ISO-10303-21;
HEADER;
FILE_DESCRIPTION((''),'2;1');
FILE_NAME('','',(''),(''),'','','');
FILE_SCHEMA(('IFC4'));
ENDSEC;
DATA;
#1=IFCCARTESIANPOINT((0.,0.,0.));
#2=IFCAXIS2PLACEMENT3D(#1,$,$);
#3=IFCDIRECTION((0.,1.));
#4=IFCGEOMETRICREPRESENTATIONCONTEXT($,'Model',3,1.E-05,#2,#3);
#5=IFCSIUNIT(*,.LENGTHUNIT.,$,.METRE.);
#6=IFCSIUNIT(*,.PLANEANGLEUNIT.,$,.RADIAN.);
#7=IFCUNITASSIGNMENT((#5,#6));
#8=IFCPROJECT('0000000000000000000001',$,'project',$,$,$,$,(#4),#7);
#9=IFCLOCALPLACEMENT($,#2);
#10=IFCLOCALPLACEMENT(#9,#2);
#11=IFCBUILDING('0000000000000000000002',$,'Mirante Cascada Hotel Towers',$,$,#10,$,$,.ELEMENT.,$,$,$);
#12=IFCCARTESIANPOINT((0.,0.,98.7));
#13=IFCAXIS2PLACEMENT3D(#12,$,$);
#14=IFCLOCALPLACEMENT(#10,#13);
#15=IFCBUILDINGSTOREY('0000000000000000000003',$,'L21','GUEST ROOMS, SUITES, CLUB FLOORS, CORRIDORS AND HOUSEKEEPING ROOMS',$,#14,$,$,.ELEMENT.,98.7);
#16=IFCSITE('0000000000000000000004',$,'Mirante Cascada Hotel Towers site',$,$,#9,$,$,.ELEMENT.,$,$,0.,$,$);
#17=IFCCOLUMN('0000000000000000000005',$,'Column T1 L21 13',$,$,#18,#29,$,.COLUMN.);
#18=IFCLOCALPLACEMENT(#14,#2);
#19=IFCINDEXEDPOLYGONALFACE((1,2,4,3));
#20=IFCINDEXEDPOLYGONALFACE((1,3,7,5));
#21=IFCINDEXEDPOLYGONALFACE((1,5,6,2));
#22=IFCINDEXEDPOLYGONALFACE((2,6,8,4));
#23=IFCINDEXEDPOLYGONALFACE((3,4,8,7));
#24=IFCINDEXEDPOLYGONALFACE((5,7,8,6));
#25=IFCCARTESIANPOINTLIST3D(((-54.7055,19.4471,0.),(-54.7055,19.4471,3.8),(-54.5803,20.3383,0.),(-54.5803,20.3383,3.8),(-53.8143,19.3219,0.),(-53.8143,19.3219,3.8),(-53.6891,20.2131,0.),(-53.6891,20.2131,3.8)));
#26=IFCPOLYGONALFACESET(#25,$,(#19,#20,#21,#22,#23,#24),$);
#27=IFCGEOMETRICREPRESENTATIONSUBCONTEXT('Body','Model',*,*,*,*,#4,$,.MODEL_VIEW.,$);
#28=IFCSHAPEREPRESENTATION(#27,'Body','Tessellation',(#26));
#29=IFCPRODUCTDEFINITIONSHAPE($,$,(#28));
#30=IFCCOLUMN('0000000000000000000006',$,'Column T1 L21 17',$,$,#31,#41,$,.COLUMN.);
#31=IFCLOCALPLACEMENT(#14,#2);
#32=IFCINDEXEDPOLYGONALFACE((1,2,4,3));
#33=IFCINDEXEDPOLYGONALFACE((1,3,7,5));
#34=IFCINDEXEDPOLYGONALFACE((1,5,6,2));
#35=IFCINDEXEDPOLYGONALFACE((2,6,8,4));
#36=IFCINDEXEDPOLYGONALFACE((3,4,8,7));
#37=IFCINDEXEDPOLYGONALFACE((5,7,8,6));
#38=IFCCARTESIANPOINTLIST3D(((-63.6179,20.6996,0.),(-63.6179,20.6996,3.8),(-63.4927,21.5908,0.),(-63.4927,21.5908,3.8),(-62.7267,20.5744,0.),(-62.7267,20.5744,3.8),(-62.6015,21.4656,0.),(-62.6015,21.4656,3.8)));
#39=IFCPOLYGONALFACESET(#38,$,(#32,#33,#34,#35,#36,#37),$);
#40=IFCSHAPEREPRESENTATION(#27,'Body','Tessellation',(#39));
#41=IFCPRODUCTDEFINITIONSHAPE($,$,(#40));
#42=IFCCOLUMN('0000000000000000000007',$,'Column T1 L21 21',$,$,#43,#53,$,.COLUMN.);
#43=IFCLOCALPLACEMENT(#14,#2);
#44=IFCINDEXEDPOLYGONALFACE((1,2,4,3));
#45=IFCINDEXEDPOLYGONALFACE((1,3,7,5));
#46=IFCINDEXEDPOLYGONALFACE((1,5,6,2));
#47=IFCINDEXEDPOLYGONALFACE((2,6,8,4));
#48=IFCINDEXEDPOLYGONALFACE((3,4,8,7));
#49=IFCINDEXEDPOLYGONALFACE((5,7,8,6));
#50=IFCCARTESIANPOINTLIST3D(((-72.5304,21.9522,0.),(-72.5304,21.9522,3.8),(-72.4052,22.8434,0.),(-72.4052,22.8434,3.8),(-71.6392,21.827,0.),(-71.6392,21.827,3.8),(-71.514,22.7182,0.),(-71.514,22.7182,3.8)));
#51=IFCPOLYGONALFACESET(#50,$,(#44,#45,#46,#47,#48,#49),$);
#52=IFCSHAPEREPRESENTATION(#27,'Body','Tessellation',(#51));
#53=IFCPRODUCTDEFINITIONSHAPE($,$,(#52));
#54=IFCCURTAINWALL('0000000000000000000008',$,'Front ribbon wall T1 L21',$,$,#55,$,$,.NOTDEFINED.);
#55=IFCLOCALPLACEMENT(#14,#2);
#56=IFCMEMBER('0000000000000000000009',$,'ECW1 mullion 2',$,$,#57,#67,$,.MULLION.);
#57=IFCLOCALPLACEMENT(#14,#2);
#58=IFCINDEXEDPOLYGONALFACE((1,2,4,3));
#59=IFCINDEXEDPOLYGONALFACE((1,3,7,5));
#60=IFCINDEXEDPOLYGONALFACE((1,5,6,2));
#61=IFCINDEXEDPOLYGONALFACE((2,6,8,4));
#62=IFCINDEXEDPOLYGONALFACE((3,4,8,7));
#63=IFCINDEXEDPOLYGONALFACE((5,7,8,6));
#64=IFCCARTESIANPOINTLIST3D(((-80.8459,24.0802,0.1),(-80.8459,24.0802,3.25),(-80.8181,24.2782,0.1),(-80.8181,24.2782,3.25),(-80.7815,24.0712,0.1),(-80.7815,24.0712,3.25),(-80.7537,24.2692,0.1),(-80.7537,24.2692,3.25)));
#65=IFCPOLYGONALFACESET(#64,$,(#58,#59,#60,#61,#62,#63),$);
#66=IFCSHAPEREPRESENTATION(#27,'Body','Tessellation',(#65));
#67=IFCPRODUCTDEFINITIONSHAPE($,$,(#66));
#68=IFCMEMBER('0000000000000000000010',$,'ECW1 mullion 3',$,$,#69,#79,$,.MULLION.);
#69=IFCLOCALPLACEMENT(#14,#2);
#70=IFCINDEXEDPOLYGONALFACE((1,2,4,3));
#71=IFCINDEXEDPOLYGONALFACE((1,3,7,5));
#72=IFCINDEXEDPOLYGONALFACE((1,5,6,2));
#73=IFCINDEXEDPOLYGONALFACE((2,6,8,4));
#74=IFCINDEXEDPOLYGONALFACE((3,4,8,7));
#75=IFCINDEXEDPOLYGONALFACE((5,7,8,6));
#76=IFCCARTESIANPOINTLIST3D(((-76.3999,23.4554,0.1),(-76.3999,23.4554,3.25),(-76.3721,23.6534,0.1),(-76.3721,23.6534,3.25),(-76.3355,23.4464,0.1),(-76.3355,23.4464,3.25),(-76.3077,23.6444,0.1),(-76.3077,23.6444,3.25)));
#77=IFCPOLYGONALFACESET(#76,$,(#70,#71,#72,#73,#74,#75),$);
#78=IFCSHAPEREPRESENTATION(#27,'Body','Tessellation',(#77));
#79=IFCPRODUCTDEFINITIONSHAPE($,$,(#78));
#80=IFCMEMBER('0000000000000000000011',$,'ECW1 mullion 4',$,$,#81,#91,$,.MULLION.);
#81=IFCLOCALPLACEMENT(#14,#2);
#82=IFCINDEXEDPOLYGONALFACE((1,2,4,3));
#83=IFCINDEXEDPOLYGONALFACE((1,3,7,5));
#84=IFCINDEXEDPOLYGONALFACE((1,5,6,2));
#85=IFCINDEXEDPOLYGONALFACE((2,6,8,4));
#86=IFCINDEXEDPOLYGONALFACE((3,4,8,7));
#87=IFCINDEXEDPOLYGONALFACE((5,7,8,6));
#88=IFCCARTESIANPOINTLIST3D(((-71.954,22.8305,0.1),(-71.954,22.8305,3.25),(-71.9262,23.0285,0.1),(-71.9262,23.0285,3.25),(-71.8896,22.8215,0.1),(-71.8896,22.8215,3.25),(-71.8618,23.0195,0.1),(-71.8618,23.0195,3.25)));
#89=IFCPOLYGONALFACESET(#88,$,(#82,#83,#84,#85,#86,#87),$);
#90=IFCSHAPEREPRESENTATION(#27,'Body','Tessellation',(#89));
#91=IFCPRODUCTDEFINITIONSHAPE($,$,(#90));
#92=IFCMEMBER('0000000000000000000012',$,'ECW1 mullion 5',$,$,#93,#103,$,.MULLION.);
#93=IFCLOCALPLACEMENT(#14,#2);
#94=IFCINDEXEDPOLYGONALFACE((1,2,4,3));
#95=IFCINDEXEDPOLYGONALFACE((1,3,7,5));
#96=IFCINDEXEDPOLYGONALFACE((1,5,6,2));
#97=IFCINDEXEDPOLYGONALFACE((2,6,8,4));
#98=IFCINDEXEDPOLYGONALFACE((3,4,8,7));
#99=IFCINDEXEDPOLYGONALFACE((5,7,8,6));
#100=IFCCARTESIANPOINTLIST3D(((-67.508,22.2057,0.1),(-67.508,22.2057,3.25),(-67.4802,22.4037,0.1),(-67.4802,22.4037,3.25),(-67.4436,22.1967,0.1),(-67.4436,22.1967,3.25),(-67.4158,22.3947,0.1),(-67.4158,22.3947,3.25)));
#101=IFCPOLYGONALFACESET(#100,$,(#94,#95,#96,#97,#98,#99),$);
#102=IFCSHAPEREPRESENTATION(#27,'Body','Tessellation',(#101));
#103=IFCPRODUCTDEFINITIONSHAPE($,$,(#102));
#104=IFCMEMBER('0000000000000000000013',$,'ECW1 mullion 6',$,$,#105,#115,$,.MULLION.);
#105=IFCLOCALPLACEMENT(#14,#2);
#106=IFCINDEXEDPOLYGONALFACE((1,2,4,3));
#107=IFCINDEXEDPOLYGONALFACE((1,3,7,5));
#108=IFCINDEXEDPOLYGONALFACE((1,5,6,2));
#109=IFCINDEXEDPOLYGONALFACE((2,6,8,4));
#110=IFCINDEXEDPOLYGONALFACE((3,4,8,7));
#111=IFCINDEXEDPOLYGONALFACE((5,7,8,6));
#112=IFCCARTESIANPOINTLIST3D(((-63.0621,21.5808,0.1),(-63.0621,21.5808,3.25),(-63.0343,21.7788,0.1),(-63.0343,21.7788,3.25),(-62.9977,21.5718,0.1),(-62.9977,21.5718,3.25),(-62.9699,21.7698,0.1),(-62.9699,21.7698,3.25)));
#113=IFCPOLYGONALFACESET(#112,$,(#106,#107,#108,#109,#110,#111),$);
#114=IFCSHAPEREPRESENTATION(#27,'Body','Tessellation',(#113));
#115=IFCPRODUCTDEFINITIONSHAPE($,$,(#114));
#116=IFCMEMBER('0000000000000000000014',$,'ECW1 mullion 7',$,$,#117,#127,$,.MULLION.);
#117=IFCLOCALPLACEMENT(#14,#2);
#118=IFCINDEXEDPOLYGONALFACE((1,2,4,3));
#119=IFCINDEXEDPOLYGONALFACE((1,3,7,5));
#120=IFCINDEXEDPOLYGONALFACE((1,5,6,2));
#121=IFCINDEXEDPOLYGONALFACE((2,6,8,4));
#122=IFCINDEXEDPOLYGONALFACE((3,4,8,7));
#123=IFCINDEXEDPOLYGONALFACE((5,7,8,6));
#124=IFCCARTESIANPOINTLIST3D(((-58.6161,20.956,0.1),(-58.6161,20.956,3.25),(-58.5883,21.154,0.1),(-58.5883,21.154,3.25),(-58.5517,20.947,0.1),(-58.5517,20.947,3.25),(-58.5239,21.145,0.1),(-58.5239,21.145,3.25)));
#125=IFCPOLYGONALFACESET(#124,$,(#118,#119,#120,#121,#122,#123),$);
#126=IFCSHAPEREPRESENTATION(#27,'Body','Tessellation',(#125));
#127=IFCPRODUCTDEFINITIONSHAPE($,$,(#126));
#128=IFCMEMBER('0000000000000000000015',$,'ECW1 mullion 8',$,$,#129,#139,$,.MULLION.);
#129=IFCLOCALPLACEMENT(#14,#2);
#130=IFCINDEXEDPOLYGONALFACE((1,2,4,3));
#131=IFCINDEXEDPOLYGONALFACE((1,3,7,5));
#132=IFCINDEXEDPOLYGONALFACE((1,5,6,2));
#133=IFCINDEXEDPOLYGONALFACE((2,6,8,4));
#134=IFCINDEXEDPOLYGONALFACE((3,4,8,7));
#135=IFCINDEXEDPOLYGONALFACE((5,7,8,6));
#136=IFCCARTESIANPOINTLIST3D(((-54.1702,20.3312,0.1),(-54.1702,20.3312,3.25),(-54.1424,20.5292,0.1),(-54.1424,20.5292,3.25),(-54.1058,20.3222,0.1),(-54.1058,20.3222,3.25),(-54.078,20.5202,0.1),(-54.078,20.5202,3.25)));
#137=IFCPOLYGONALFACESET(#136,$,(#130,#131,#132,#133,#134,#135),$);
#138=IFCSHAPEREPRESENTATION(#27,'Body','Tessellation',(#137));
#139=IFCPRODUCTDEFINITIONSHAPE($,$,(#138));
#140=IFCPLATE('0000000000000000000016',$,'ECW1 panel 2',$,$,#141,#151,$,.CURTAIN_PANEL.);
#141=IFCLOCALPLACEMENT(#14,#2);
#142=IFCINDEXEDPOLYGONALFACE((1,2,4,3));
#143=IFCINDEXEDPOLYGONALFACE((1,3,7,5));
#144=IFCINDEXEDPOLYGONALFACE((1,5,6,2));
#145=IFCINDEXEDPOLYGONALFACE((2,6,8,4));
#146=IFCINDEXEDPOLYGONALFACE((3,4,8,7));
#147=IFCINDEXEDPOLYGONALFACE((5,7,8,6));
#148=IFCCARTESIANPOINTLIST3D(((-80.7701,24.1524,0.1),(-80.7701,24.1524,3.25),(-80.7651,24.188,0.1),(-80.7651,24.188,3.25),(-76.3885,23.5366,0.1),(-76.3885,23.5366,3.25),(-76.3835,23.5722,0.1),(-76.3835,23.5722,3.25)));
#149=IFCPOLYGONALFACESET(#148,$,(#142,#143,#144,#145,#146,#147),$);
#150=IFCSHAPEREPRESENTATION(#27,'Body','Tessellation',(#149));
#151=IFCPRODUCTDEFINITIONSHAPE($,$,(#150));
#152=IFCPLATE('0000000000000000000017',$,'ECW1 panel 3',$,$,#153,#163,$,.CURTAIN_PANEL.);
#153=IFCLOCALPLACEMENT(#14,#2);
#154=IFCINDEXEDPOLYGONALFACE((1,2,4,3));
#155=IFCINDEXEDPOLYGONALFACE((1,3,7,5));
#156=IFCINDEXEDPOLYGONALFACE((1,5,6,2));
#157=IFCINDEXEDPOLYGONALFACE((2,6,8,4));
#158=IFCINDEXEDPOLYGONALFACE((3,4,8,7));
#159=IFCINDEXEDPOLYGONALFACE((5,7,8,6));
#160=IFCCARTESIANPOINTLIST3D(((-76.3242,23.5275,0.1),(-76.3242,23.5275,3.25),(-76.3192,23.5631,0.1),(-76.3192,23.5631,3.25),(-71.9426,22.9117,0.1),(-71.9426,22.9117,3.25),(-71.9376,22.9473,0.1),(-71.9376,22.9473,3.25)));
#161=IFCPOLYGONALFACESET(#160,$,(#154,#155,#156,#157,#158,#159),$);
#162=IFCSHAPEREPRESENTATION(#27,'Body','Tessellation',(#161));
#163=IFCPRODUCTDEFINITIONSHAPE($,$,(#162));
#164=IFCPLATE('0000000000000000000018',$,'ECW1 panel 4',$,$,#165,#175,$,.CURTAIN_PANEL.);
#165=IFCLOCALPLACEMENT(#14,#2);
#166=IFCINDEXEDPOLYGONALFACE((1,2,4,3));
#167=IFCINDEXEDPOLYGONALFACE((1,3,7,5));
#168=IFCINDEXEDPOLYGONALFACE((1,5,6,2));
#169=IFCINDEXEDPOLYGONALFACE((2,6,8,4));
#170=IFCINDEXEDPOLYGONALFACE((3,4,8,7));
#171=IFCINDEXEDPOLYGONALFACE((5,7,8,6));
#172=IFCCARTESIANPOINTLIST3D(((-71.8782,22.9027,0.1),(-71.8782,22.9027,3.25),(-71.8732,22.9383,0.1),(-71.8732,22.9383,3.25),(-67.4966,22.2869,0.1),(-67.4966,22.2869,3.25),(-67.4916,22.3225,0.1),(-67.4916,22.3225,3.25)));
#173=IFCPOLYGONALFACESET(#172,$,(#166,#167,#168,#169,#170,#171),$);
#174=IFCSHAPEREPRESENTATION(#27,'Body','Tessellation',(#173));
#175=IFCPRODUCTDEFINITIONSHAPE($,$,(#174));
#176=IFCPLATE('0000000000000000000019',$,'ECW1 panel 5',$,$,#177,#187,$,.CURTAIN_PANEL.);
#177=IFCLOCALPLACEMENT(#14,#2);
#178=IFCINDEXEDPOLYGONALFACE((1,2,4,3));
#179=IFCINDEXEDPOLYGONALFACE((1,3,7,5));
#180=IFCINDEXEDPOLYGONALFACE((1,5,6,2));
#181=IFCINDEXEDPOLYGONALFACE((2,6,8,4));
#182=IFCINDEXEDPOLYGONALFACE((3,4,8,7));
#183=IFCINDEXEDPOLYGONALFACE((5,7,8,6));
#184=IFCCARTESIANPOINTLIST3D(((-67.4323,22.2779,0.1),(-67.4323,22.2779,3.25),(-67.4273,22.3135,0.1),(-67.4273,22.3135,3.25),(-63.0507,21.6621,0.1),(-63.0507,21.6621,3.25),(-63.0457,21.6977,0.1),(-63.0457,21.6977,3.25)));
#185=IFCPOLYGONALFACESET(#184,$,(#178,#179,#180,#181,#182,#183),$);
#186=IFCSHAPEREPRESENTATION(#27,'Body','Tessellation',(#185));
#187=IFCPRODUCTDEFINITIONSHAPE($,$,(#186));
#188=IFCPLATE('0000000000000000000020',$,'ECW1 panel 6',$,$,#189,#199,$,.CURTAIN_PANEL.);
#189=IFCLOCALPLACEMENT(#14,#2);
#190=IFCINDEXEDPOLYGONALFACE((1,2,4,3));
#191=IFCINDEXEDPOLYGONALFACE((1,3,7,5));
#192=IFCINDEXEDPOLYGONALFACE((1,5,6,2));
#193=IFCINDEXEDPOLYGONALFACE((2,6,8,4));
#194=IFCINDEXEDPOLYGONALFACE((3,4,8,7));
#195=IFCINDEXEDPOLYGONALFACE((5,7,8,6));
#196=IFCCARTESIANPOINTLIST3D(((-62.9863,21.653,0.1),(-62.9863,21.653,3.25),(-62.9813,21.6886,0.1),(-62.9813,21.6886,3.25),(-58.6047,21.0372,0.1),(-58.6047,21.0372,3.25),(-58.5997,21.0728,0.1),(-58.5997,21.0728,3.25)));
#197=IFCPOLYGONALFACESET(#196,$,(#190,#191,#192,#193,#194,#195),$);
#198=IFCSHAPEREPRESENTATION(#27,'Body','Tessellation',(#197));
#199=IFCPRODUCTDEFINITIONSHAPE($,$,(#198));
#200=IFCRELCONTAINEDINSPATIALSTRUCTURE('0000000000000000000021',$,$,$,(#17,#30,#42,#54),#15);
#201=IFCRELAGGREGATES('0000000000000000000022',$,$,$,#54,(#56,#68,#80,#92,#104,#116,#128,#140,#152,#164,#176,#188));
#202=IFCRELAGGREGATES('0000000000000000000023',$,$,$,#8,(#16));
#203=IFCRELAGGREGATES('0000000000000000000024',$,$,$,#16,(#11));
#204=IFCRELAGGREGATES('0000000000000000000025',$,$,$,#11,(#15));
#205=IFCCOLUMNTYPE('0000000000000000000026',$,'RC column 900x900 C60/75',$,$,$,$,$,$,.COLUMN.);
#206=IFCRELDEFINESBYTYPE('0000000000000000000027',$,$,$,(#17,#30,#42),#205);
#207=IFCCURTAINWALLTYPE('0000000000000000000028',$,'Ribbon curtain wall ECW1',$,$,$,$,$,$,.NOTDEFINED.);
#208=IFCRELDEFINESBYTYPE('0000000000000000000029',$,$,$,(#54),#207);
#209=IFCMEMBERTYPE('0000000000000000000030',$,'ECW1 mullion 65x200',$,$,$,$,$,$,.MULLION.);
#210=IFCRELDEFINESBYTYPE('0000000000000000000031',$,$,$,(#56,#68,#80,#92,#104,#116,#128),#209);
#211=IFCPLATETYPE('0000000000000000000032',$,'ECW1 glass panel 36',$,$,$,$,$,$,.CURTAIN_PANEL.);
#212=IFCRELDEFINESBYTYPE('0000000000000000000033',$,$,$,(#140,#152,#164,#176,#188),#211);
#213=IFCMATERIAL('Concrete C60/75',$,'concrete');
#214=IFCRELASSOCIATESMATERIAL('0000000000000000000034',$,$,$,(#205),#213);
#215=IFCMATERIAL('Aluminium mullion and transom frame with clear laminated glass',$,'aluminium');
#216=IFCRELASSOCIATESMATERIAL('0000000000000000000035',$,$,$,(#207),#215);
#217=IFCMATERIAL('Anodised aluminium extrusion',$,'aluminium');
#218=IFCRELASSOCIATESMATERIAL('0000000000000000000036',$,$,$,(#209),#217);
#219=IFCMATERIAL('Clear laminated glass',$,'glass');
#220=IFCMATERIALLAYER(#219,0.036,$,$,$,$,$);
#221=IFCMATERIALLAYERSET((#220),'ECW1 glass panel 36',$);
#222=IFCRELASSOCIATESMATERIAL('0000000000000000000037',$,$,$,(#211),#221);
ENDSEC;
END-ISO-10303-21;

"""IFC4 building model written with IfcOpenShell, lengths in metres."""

from ifc_helpers import new_model, si_unit, direction, frame, origin, origin_2d, place, context, subcontext, project, spatial, rectangle, extrude, material, layer, layer_set, material_profile, profile_set, type_object, element, aggregate, save


model = new_model("IFC4")

# Units and contexts
model_context = context("Model", 3, precision=1e-05, world=origin(), true_north=direction((0.0, 1.0)))
body_context = subcontext(model_context, "Body", "Model", "MODEL_VIEW")
ifc_project = project(units=[si_unit("LENGTHUNIT", "METRE"), si_unit("PLANEANGLEUNIT", "RADIAN")], contexts=[model_context])

# Site, building, storey
site_placement = place(None, origin())
site = spatial("IfcSite", under=ifc_project, at=site_placement, Name="Mirante Cascada Hotel Towers site", CompositionType="ELEMENT", RefElevation=0.0)
building_placement = place(site_placement, origin())
building = spatial("IfcBuilding", under=site, at=building_placement, Name="Mirante Cascada Hotel Towers", CompositionType="ELEMENT")
storey_placement = place(building_placement, frame((0.0, 0.0, 98.7)))
storey = spatial("IfcBuildingStorey", under=building, at=storey_placement, Name="L21", Description="GUEST ROOMS, SUITES, CLUB FLOORS, CORRIDORS AND HOUSEKEEPING ROOMS", CompositionType="ELEMENT", Elevation=98.7)

# Columns
ifc_material_1 = material(Name="Concrete C60/75", Category="concrete")
ifc_material_profile_1 = material_profile(ifc_material_1, rectangle(XDim=0.9, YDim=0.9, at=origin_2d()), Name="RC column 900x900 C60/75")
ifc_profile_set_1 = profile_set([ifc_material_profile_1], Name="Concrete C60/75")
column_type = type_object("IfcColumnType", Name="RC column 900x900 C60/75", PredefinedType="COLUMN", material=ifc_profile_set_1)
for number, where, z_axis, x_axis, name in (
    (1, (-54.1973, 19.8301, 0.0), (0.0, 0.0, 1.0), (-0.990268, 0.139173, 0.0), "Column T1 L21 13"),
    (2, (-63.1097, 21.0826, 0.0), (0.0, 0.0, 1.0), (-0.990268, 0.139173, 0.0), "Column T1 L21 17"),
    (3, (-72.0222, 22.3352, 0.0), (0.0, 0.0, 1.0), (-0.990268, 0.139173, 0.0), "Column T1 L21 21"),
):
    element("IfcColumn", number, at=place(storey_placement, frame(where, z_axis=z_axis, x_axis=x_axis)), inside=storey, type_object=column_type, Name=name, PredefinedType="COLUMN", context=body_context, shape_type="SweptSolid", body=[
        extrude(rectangle(XDim=0.9, YDim=0.9, at=origin_2d()), origin(), (0.0, 0.0, 1.0), 3.8),
    ])

# Curtain wall, members, plates
ifc_material_2 = material(Name="Aluminium mullion and transom frame with clear laminated glass", Category="aluminium")
curtain_wall_type = type_object("IfcCurtainWallType", Name="Ribbon curtain wall ECW1", PredefinedType="NOTDEFINED", material=ifc_material_2)
curtain_wall_placement = place(storey_placement, origin())
curtain_wall = element("IfcCurtainWall", 4, at=curtain_wall_placement, inside=storey, type_object=curtain_wall_type, Name="Front ribbon wall T1 L21", PredefinedType="NOTDEFINED")
ifc_material_3 = material(Name="Anodised aluminium extrusion", Category="aluminium")
ifc_material_profile_2 = material_profile(ifc_material_3, rectangle(XDim=0.2, YDim=0.065, at=origin_2d()), Name="ECW1 MULLION 65x200")
ifc_profile_set_2 = profile_set([ifc_material_profile_2], Name="Anodised aluminium extrusion")
member_type = type_object("IfcMemberType", Name="ECW1 mullion 65x200", PredefinedType="MULLION", material=ifc_profile_set_2)
member_1_placement = place(storey_placement, frame((-80.7998, 24.1747, 0.1), z_axis=(0.0, 0.0, 1.0), x_axis=(0.139173, 0.990268, 0.0)))
member_1 = element("IfcMember", 5, at=member_1_placement, type_object=member_type, Name="ECW1 mullion 2", PredefinedType="MULLION", context=body_context, shape_type="SweptSolid", body=[
    extrude(rectangle(XDim=0.2, YDim=0.065, at=origin_2d()), origin(), (0.0, 0.0, 1.0), 3.15),
])
member_2_placement = place(storey_placement, frame((-76.3538, 23.5499, 0.1), z_axis=(0.0, 0.0, 1.0), x_axis=(0.139173, 0.990268, 0.0)))
member_2 = element("IfcMember", 6, at=member_2_placement, type_object=member_type, Name="ECW1 mullion 3", PredefinedType="MULLION", context=body_context, shape_type="SweptSolid", body=[
    extrude(rectangle(XDim=0.2, YDim=0.065, at=origin_2d()), origin(), (0.0, 0.0, 1.0), 3.15),
])
member_3_placement = place(storey_placement, frame((-71.9079, 22.925, 0.1), z_axis=(0.0, 0.0, 1.0), x_axis=(0.139173, 0.990268, 0.0)))
member_3 = element("IfcMember", 7, at=member_3_placement, type_object=member_type, Name="ECW1 mullion 4", PredefinedType="MULLION", context=body_context, shape_type="SweptSolid", body=[
    extrude(rectangle(XDim=0.2, YDim=0.065, at=origin_2d()), origin(), (0.0, 0.0, 1.0), 3.15),
])
member_4_placement = place(storey_placement, frame((-67.4619, 22.3002, 0.1), z_axis=(0.0, 0.0, 1.0), x_axis=(0.139173, 0.990268, 0.0)))
member_4 = element("IfcMember", 8, at=member_4_placement, type_object=member_type, Name="ECW1 mullion 5", PredefinedType="MULLION", context=body_context, shape_type="SweptSolid", body=[
    extrude(rectangle(XDim=0.2, YDim=0.065, at=origin_2d()), origin(), (0.0, 0.0, 1.0), 3.15),
])
member_5_placement = place(storey_placement, frame((-63.016, 21.6753, 0.1), z_axis=(0.0, 0.0, 1.0), x_axis=(0.139173, 0.990268, 0.0)))
member_5 = element("IfcMember", 9, at=member_5_placement, type_object=member_type, Name="ECW1 mullion 6", PredefinedType="MULLION", context=body_context, shape_type="SweptSolid", body=[
    extrude(rectangle(XDim=0.2, YDim=0.065, at=origin_2d()), origin(), (0.0, 0.0, 1.0), 3.15),
])
member_6_placement = place(storey_placement, frame((-58.57, 21.0505, 0.1), z_axis=(0.0, 0.0, 1.0), x_axis=(0.139173, 0.990268, 0.0)))
member_6 = element("IfcMember", 10, at=member_6_placement, type_object=member_type, Name="ECW1 mullion 7", PredefinedType="MULLION", context=body_context, shape_type="SweptSolid", body=[
    extrude(rectangle(XDim=0.2, YDim=0.065, at=origin_2d()), origin(), (0.0, 0.0, 1.0), 3.15),
])
member_7_placement = place(storey_placement, frame((-54.1241, 20.4257, 0.1), z_axis=(0.0, 0.0, 1.0), x_axis=(0.139173, 0.990268, 0.0)))
member_7 = element("IfcMember", 11, at=member_7_placement, type_object=member_type, Name="ECW1 mullion 8", PredefinedType="MULLION", context=body_context, shape_type="SweptSolid", body=[
    extrude(rectangle(XDim=0.2, YDim=0.065, at=origin_2d()), origin(), (0.0, 0.0, 1.0), 3.15),
])
ifc_material_4 = material(Name="Clear laminated glass", Category="glass")
ifc_layer_1 = layer(ifc_material_4, 0.036)
ifc_layer_set_1 = layer_set([ifc_layer_1], Name="ECW1 glass panel 36")
plate_type = type_object("IfcPlateType", Name="ECW1 glass panel 36", PredefinedType="CURTAIN_PANEL", material=ifc_layer_set_1)
plate_1_placement = place(storey_placement, frame((-78.5768, 23.8623, 0.1), z_axis=(0.0, 0.0, 1.0), x_axis=(0.990268, -0.139173, 0.0)))
plate_1 = element("IfcPlate", 12, at=plate_1_placement, type_object=plate_type, Name="ECW1 panel 2", PredefinedType="CURTAIN_PANEL", context=body_context, shape_type="SweptSolid", body=[
    extrude(rectangle(XDim=4.4246, YDim=0.036, at=origin_2d()), origin(), (0.0, 0.0, 1.0), 3.15),
])
plate_2_placement = place(storey_placement, frame((-74.1309, 23.2374, 0.1), z_axis=(0.0, 0.0, 1.0), x_axis=(0.990268, -0.139173, 0.0)))
plate_2 = element("IfcPlate", 13, at=plate_2_placement, type_object=plate_type, Name="ECW1 panel 3", PredefinedType="CURTAIN_PANEL", context=body_context, shape_type="SweptSolid", body=[
    extrude(rectangle(XDim=4.4246, YDim=0.036, at=origin_2d()), origin(), (0.0, 0.0, 1.0), 3.15),
])
plate_3_placement = place(storey_placement, frame((-69.6849, 22.6126, 0.1), z_axis=(0.0, 0.0, 1.0), x_axis=(0.990268, -0.139173, 0.0)))
plate_3 = element("IfcPlate", 14, at=plate_3_placement, type_object=plate_type, Name="ECW1 panel 4", PredefinedType="CURTAIN_PANEL", context=body_context, shape_type="SweptSolid", body=[
    extrude(rectangle(XDim=4.4246, YDim=0.036, at=origin_2d()), origin(), (0.0, 0.0, 1.0), 3.15),
])
plate_4_placement = place(storey_placement, frame((-65.239, 21.9878, 0.1), z_axis=(0.0, 0.0, 1.0), x_axis=(0.990268, -0.139173, 0.0)))
plate_4 = element("IfcPlate", 15, at=plate_4_placement, type_object=plate_type, Name="ECW1 panel 5", PredefinedType="CURTAIN_PANEL", context=body_context, shape_type="SweptSolid", body=[
    extrude(rectangle(XDim=4.4246, YDim=0.036, at=origin_2d()), origin(), (0.0, 0.0, 1.0), 3.15),
])
plate_5_placement = place(storey_placement, frame((-60.793, 21.3629, 0.1), z_axis=(0.0, 0.0, 1.0), x_axis=(0.990268, -0.139173, 0.0)))
plate_5 = element("IfcPlate", 16, at=plate_5_placement, type_object=plate_type, Name="ECW1 panel 6", PredefinedType="CURTAIN_PANEL", context=body_context, shape_type="SweptSolid", body=[
    extrude(rectangle(XDim=4.4246, YDim=0.036, at=origin_2d()), origin(), (0.0, 0.0, 1.0), 3.15),
])
aggregate(curtain_wall, [member_1, member_2, member_3, member_4, member_5, member_6, member_7, plate_1, plate_2, plate_3, plate_4, plate_5])

save(model, "model.ifc")
